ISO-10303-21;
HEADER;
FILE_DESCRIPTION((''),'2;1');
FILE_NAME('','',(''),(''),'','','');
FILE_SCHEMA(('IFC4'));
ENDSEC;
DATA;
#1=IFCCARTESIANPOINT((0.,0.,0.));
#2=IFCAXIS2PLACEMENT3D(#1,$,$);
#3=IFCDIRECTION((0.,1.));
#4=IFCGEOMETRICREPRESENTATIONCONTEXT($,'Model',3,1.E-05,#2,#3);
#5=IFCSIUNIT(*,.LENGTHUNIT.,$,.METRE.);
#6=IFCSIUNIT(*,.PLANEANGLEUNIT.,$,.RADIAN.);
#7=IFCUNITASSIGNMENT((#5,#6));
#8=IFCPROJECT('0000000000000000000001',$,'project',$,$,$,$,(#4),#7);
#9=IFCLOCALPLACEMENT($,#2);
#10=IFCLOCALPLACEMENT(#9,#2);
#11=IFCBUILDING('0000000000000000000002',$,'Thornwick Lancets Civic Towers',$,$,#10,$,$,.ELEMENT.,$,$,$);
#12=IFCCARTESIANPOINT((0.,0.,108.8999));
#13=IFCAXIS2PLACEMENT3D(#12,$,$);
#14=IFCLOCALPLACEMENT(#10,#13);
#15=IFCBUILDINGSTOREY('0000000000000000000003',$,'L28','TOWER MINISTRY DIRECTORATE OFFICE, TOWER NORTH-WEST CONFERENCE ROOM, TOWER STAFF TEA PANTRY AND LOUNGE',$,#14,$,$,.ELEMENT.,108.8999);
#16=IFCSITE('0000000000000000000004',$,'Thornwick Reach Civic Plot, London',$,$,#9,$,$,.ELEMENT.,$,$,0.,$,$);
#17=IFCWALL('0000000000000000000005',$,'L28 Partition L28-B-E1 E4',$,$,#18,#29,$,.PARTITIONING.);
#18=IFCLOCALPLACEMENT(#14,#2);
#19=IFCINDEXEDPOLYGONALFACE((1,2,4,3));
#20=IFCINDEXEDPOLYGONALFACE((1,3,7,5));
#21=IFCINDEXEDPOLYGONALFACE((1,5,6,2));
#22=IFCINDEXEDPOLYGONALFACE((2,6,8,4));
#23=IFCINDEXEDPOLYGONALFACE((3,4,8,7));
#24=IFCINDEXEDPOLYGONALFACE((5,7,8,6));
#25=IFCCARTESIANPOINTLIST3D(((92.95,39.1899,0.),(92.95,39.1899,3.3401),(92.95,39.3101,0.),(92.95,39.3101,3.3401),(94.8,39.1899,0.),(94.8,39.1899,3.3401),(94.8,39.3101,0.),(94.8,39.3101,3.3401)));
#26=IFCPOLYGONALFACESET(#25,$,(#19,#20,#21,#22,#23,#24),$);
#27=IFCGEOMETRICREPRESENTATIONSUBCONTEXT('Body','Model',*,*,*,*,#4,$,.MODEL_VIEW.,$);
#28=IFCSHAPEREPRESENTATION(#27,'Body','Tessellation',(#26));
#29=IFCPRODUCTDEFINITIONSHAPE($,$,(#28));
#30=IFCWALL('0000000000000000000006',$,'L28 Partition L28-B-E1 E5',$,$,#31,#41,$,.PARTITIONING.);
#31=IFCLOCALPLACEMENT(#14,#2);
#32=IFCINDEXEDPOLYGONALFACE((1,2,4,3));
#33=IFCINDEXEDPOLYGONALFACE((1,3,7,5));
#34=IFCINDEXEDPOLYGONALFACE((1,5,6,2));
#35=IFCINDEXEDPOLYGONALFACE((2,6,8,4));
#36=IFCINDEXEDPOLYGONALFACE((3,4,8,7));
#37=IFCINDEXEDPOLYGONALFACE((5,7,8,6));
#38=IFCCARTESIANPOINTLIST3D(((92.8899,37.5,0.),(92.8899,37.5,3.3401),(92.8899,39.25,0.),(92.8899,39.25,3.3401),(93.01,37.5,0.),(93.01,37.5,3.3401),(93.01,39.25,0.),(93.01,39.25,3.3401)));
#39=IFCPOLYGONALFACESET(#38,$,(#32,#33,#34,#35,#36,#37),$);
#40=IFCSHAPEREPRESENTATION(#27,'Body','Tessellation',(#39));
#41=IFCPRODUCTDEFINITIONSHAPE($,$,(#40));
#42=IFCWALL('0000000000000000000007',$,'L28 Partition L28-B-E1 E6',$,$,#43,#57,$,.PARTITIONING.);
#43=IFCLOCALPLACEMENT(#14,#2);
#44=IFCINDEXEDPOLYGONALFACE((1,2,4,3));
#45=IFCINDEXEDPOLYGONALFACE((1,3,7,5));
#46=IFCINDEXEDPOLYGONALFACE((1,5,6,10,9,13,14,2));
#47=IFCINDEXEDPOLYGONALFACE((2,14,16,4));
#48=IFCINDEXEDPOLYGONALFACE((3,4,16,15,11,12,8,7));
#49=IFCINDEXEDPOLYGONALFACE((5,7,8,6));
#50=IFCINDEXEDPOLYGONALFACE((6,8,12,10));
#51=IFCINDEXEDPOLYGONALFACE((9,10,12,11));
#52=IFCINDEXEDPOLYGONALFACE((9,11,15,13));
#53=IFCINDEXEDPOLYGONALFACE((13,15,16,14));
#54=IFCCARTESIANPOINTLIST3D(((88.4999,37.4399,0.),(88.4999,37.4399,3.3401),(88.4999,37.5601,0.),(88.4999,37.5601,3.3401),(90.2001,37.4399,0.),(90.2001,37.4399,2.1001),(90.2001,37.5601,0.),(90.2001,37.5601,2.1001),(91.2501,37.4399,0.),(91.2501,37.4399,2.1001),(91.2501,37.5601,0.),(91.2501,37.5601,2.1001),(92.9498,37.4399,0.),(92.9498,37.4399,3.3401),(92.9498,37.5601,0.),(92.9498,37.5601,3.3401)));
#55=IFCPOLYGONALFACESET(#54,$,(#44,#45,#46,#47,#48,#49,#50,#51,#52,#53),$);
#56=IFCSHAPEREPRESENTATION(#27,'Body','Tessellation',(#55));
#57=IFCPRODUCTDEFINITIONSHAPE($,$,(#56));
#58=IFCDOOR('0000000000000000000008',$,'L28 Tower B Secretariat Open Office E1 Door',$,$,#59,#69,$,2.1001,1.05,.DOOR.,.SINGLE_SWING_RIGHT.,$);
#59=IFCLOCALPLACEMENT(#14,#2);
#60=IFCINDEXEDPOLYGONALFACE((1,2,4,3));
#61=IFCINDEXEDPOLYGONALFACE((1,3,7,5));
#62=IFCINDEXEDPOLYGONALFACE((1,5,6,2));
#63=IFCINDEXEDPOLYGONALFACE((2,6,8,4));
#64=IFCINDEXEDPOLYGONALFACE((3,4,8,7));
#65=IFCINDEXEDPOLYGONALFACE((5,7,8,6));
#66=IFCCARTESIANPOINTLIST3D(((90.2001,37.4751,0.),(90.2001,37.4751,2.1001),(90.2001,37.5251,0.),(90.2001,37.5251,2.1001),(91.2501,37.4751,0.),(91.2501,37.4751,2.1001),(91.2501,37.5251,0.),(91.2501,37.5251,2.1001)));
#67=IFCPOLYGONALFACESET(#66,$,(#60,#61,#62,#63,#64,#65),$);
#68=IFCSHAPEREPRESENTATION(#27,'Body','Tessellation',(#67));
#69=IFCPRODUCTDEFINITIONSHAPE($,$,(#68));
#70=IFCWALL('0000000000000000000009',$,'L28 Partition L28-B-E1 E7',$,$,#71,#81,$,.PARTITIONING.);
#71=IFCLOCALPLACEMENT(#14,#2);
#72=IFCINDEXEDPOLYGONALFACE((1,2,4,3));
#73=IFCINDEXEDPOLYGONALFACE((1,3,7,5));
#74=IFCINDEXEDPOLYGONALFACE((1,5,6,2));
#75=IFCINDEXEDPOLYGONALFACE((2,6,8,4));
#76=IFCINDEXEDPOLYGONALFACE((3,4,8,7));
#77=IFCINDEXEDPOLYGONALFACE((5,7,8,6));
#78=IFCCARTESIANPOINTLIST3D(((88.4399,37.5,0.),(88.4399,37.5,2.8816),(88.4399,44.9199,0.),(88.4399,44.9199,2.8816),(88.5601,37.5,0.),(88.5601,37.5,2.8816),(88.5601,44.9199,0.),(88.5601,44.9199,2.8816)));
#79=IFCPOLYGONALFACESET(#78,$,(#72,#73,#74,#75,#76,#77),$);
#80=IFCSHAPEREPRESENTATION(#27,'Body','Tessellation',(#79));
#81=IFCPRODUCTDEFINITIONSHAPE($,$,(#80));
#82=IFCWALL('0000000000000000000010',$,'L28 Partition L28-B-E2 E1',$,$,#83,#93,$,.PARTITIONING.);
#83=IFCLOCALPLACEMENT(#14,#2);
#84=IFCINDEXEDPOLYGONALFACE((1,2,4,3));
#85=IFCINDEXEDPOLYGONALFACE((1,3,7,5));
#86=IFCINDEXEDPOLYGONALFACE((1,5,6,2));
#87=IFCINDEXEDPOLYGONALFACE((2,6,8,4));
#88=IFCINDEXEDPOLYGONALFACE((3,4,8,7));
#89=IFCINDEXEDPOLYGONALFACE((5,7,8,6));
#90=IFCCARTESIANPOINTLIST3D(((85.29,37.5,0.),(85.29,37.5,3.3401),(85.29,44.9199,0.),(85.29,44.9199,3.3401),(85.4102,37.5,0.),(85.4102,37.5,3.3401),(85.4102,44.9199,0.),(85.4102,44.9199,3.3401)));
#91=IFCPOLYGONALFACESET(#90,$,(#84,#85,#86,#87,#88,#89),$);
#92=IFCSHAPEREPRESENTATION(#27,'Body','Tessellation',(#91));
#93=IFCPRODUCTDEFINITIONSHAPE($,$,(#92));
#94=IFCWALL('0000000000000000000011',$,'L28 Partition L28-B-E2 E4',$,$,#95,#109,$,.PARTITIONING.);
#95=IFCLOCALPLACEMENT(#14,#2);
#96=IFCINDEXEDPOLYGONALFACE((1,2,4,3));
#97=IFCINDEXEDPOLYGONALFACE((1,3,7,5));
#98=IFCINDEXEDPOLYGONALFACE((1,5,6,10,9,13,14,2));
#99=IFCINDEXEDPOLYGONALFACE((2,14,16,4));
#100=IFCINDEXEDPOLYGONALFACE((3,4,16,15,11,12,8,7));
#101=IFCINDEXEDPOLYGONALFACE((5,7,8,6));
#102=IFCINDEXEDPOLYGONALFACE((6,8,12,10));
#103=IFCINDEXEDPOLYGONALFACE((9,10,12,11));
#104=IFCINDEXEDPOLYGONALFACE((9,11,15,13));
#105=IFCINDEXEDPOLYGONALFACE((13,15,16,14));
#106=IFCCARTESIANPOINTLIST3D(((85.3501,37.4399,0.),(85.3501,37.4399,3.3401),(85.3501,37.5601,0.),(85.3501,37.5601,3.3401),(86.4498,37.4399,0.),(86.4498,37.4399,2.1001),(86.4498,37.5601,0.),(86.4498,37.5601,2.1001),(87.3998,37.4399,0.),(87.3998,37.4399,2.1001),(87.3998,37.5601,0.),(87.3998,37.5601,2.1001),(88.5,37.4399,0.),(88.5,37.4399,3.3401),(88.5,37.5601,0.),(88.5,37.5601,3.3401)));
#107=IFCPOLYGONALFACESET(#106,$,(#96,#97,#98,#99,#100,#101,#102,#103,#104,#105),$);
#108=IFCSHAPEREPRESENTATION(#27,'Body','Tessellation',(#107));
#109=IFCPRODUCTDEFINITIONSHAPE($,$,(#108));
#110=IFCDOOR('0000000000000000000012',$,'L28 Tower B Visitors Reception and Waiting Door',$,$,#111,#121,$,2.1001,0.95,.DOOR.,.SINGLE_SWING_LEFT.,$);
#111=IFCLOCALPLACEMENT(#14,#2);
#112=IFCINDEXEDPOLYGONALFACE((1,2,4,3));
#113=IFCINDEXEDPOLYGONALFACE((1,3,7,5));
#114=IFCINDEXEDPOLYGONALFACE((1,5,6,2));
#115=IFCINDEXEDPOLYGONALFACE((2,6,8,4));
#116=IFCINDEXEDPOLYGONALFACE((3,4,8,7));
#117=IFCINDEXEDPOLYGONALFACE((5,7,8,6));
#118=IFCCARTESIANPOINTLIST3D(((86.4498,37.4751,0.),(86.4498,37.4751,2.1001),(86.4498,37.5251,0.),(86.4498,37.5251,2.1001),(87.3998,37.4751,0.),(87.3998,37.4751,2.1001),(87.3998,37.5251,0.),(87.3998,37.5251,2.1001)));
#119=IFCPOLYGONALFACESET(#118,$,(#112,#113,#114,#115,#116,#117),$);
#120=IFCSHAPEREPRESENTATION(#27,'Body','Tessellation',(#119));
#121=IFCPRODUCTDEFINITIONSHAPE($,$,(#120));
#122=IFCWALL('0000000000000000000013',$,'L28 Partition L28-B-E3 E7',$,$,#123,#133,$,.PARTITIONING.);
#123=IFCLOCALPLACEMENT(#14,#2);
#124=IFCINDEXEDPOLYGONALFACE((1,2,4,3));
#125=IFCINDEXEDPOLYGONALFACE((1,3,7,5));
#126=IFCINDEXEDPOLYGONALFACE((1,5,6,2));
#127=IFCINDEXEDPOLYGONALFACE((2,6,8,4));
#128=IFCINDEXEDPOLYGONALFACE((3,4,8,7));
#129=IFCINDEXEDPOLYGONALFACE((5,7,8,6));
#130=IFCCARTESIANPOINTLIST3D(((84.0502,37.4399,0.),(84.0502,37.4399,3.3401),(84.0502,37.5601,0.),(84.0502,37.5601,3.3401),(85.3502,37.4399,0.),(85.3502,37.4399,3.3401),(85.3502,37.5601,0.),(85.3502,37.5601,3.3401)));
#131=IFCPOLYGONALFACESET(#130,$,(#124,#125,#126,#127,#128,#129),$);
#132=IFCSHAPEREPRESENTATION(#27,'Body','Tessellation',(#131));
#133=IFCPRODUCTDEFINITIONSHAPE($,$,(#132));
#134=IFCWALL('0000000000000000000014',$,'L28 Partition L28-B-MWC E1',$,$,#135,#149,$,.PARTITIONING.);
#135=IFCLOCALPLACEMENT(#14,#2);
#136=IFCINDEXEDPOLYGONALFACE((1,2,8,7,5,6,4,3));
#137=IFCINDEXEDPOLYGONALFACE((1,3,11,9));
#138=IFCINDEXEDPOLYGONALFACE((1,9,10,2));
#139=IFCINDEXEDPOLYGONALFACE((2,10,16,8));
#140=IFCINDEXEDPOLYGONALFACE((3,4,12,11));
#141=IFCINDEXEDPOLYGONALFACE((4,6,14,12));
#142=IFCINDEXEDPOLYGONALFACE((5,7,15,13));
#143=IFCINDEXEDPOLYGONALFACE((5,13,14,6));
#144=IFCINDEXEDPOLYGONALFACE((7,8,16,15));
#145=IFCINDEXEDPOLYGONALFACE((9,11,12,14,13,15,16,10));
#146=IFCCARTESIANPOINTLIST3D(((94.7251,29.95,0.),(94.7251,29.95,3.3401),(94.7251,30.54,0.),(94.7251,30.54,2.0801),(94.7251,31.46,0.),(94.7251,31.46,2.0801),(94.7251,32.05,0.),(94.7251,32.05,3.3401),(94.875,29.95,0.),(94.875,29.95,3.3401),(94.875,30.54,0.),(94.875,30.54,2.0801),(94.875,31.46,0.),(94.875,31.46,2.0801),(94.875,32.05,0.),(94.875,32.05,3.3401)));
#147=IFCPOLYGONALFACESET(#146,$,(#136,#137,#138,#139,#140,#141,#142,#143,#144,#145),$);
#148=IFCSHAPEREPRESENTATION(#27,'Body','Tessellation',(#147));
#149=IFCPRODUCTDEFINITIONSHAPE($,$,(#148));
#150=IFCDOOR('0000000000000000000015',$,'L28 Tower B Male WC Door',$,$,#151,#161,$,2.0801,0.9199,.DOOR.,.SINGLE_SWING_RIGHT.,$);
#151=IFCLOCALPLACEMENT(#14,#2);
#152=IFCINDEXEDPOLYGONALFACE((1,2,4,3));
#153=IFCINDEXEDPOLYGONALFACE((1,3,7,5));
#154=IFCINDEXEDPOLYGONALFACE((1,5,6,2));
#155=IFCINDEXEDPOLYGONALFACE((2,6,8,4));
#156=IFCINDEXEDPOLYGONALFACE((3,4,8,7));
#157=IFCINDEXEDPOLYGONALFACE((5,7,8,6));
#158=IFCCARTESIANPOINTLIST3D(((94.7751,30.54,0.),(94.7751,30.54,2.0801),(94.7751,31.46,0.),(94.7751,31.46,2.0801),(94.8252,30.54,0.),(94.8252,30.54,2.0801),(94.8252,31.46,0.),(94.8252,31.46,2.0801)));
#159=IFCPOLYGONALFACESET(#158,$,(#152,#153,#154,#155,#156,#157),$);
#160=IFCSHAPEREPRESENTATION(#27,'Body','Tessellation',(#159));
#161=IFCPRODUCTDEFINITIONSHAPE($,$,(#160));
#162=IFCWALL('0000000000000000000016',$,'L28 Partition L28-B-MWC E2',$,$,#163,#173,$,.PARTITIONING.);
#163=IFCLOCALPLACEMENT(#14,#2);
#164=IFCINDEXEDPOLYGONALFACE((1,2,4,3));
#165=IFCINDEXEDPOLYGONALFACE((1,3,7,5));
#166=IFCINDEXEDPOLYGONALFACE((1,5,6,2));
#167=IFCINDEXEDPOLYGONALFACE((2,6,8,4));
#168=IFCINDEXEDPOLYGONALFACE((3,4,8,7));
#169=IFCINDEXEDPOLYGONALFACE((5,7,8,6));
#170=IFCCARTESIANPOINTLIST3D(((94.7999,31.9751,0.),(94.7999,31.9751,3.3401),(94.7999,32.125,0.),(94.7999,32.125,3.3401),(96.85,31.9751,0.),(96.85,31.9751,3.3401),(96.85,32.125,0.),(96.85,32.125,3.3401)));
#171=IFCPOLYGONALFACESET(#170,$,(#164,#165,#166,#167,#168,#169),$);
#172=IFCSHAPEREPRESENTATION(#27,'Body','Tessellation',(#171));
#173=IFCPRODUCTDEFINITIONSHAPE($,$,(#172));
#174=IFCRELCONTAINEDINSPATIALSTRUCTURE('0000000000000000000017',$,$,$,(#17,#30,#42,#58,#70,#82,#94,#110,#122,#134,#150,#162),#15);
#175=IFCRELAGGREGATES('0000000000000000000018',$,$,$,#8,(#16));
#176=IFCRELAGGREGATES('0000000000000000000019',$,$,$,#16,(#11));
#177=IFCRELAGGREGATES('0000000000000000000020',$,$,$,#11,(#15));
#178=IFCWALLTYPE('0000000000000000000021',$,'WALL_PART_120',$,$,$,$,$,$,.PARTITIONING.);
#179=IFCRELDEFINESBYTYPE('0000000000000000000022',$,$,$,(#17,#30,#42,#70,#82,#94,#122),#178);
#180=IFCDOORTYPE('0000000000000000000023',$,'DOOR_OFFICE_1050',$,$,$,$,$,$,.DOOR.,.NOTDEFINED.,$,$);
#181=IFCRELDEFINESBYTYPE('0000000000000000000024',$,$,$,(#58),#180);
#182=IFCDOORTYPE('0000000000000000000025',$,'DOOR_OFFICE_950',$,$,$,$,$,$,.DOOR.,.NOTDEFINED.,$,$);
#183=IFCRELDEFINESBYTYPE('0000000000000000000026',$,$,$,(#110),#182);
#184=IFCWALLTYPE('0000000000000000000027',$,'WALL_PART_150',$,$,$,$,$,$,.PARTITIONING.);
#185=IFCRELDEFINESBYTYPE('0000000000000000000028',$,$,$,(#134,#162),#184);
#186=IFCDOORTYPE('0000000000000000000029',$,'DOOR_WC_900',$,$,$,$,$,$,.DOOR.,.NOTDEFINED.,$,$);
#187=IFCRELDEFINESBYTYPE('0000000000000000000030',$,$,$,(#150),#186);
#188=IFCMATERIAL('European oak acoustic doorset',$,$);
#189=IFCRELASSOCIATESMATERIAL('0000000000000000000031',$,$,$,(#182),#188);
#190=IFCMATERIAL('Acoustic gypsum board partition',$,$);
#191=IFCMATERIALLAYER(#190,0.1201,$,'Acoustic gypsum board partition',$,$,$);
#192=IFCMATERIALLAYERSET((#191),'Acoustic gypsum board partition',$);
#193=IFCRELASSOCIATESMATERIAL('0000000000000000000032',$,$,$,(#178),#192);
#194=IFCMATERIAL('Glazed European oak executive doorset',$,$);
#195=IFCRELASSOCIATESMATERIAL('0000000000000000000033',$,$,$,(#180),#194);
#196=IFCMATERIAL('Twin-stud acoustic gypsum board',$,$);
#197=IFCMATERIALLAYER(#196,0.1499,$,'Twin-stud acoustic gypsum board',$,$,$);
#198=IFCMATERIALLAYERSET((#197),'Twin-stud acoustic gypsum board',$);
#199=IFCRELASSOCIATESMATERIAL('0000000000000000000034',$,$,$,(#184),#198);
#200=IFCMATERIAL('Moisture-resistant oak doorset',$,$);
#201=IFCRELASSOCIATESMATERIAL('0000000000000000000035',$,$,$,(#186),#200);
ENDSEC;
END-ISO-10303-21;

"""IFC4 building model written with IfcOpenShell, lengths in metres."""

from ifc_helpers import new_model, si_unit, direction, frame, frame_2d, origin, place, context, subcontext, project, spatial, rectangle, extrude, material, layer, layer_set, type_object, element, fill, save


model = new_model("IFC4")

# Units and contexts
model_context = context("Model", 3, precision=1e-05, world=origin(), true_north=direction((0.0, 1.0)))
body_context = subcontext(model_context, "Body", "Model", "MODEL_VIEW")
ifc_project = project(units=[si_unit("LENGTHUNIT", "METRE"), si_unit("PLANEANGLEUNIT", "RADIAN")], contexts=[model_context])

# Site, building, storey
site_placement = place(None, origin())
site = spatial("IfcSite", under=ifc_project, at=site_placement, Name="Thornwick Reach Civic Plot, London", CompositionType="ELEMENT", RefElevation=0.0)
building_placement = place(site_placement, origin())
building = spatial("IfcBuilding", under=site, at=building_placement, Name="Thornwick Lancets Civic Towers", CompositionType="ELEMENT")
storey_placement = place(building_placement, frame((0.0, 0.0, 108.8999)))
storey = spatial("IfcBuildingStorey", under=building, at=storey_placement, Name="L28", Description="TOWER MINISTRY DIRECTORATE OFFICE, TOWER NORTH-WEST CONFERENCE ROOM, TOWER STAFF TEA PANTRY AND LOUNGE", CompositionType="ELEMENT", Elevation=108.8999)

# Shared definitions
ifc_material_1 = material(Name="European oak acoustic doorset")
door_type_1 = type_object("IfcDoorType", Name="DOOR_OFFICE_950", OperationType="NOTDEFINED", PredefinedType="DOOR", material=ifc_material_1)

# Walls
ifc_material_2 = material(Name="Acoustic gypsum board partition")
ifc_layer_1 = layer(ifc_material_2, 0.1201, Name="Acoustic gypsum board partition")
ifc_layer_set_1 = layer_set([ifc_layer_1], Name="Acoustic gypsum board partition")
wall_type_1 = type_object("IfcWallType", Name="WALL_PART_120", PredefinedType="PARTITIONING", material=ifc_layer_set_1)
wall_1_placement = place(storey_placement, frame((94.8, 39.25, 0.0), z_axis=(0.0, 0.0, 1.0), x_axis=(-1.0, 0.0, 0.0)))
element("IfcWall", 1, at=wall_1_placement, inside=storey, type_object=wall_type_1, Name="L28 Partition L28-B-E1 E4", PredefinedType="PARTITIONING", context=body_context, shape_type="SweptSolid", body=[
    extrude(rectangle(XDim=1.8501, YDim=0.1201, at=frame_2d((0.925, 0.0))), origin(), (0.0, 0.0, 1.0), 3.3401),
])
wall_2_placement = place(storey_placement, frame((92.95, 39.25, 0.0), z_axis=(0.0, 0.0, 1.0), x_axis=(0.0, -1.0, 0.0)))
element("IfcWall", 2, at=wall_2_placement, inside=storey, type_object=wall_type_1, Name="L28 Partition L28-B-E1 E5", PredefinedType="PARTITIONING", context=body_context, shape_type="SweptSolid", body=[
    extrude(rectangle(XDim=1.75, YDim=0.1201, at=frame_2d((0.875, 0.0))), origin(), (0.0, 0.0, 1.0), 3.3401),
])

# Wall, opening, door
wall_3_placement = place(storey_placement, frame((92.95, 37.5, 0.0), z_axis=(0.0, 0.0, 1.0), x_axis=(-1.0, 0.0, 0.0)))
wall_3 = element("IfcWall", 3, at=wall_3_placement, inside=storey, type_object=wall_type_1, Name="L28 Partition L28-B-E1 E6", PredefinedType="PARTITIONING", context=body_context, shape_type="SweptSolid", body=[
    extrude(rectangle(XDim=4.45, YDim=0.1201, at=frame_2d((2.2251, 0.0))), origin(), (0.0, 0.0, 1.0), 3.3401),
])
opening_1_placement = place(wall_3_placement, frame((1.7, 0.0, 0.0)))
opening_1 = element("IfcOpeningElement", 4, at=opening_1_placement, cuts=wall_3, PredefinedType="OPENING", context=body_context, shape_type="SweptSolid", body=[
    extrude(rectangle(XDim=1.05, YDim=2.1001, at=frame_2d((0.5249, 1.05))), frame((0.0, 0.0701, 0.0), z_axis=(0.0, -1.0, 0.0), x_axis=(1.0, 0.0, 0.0)), (0.0, 0.0, 1.0), 0.1401),
])
ifc_material_3 = material(Name="Glazed European oak executive doorset")
door_type_2 = type_object("IfcDoorType", Name="DOOR_OFFICE_1050", OperationType="NOTDEFINED", PredefinedType="DOOR", material=ifc_material_3)
door_1_placement = place(opening_1_placement, origin())
door_1 = element("IfcDoor", 5, at=door_1_placement, inside=storey, type_object=door_type_2, Name="L28 Tower B Secretariat Open Office E1 Door", OperationType="SINGLE_SWING_RIGHT", OverallHeight=2.1001, OverallWidth=1.05, PredefinedType="DOOR", context=body_context, shape_type="SweptSolid", body=[
    extrude(rectangle(XDim=1.05, YDim=2.1001, at=frame_2d((0.5249, 1.05))), frame((0.0, 0.0249, 0.0), z_axis=(0.0, -1.0, 0.0), x_axis=(1.0, 0.0, 0.0)), (0.0, 0.0, 1.0), 0.05),
])
fill(opening_1, door_1)

# Walls
wall_4_placement = place(storey_placement, frame((88.5, 37.5, 0.0), z_axis=(0.0, 0.0, 1.0), x_axis=(0.0, 1.0, 0.0)))
element("IfcWall", 6, at=wall_4_placement, inside=storey, type_object=wall_type_1, Name="L28 Partition L28-B-E1 E7", PredefinedType="PARTITIONING", context=body_context, shape_type="SweptSolid", body=[
    extrude(rectangle(XDim=7.4199, YDim=0.1201, at=frame_2d((3.71, 0.0))), origin(), (0.0, 0.0, 1.0), 2.8816),
])
wall_5_placement = place(storey_placement, frame((85.3501, 37.5, 0.0), z_axis=(0.0, 0.0, 1.0), x_axis=(0.0, 1.0, 0.0)))
element("IfcWall", 7, at=wall_5_placement, inside=storey, type_object=wall_type_1, Name="L28 Partition L28-B-E2 E1", PredefinedType="PARTITIONING", context=body_context, shape_type="SweptSolid", body=[
    extrude(rectangle(XDim=7.4199, YDim=0.1201, at=frame_2d((3.71, 0.0))), origin(), (0.0, 0.0, 1.0), 3.3401),
])

# Wall, opening, door
wall_6_placement = place(storey_placement, frame((88.5, 37.5, 0.0), z_axis=(0.0, 0.0, 1.0), x_axis=(-1.0, 0.0, 0.0)))
wall_6 = element("IfcWall", 8, at=wall_6_placement, inside=storey, type_object=wall_type_1, Name="L28 Partition L28-B-E2 E4", PredefinedType="PARTITIONING", context=body_context, shape_type="SweptSolid", body=[
    extrude(rectangle(XDim=3.1499, YDim=0.1201, at=frame_2d((1.575, 0.0))), origin(), (0.0, 0.0, 1.0), 3.3401),
])
opening_2_placement = place(wall_6_placement, frame((1.1001, 0.0, 0.0)))
opening_2 = element("IfcOpeningElement", 9, at=opening_2_placement, cuts=wall_6, PredefinedType="OPENING", context=body_context, shape_type="SweptSolid", body=[
    extrude(rectangle(XDim=0.95, YDim=2.1001, at=frame_2d((0.4751, 1.05))), frame((0.0, 0.0701, 0.0), z_axis=(0.0, -1.0, 0.0), x_axis=(1.0, 0.0, 0.0)), (0.0, 0.0, 1.0), 0.1401),
])
door_2_placement = place(opening_2_placement, origin())
door_2 = element("IfcDoor", 10, at=door_2_placement, inside=storey, type_object=door_type_1, Name="L28 Tower B Visitors Reception and Waiting Door", OperationType="SINGLE_SWING_LEFT", OverallHeight=2.1001, OverallWidth=0.95, PredefinedType="DOOR", context=body_context, shape_type="SweptSolid", body=[
    extrude(rectangle(XDim=0.95, YDim=2.1001, at=frame_2d((0.4751, 1.05))), frame((0.0, 0.0249, 0.0), z_axis=(0.0, -1.0, 0.0), x_axis=(1.0, 0.0, 0.0)), (0.0, 0.0, 1.0), 0.05),
])
fill(opening_2, door_2)

# Wall
wall_7_placement = place(storey_placement, frame((85.3501, 37.5, 0.0), z_axis=(0.0, 0.0, 1.0), x_axis=(-1.0, 0.0, 0.0)))
element("IfcWall", 11, at=wall_7_placement, inside=storey, type_object=wall_type_1, Name="L28 Partition L28-B-E3 E7", PredefinedType="PARTITIONING", context=body_context, shape_type="SweptSolid", body=[
    extrude(rectangle(XDim=1.3, YDim=0.1201, at=frame_2d((0.6499, 0.0))), origin(), (0.0, 0.0, 1.0), 3.3401),
])

# Wall, opening, door
ifc_material_4 = material(Name="Twin-stud acoustic gypsum board")
ifc_layer_2 = layer(ifc_material_4, 0.1499, Name="Twin-stud acoustic gypsum board")
ifc_layer_set_2 = layer_set([ifc_layer_2], Name="Twin-stud acoustic gypsum board")
wall_type_2 = type_object("IfcWallType", Name="WALL_PART_150", PredefinedType="PARTITIONING", material=ifc_layer_set_2)
wall_8_placement = place(storey_placement, frame((94.8, 29.95, 0.0), z_axis=(0.0, 0.0, 1.0), x_axis=(0.0, 1.0, 0.0)))
wall_8 = element("IfcWall", 12, at=wall_8_placement, inside=storey, type_object=wall_type_2, Name="L28 Partition L28-B-MWC E1", PredefinedType="PARTITIONING", context=body_context, shape_type="SweptSolid", body=[
    extrude(rectangle(XDim=2.1001, YDim=0.1499, at=frame_2d((1.05, 0.0))), origin(), (0.0, 0.0, 1.0), 3.3401),
])
opening_3_placement = place(wall_8_placement, frame((0.5901, 0.0, 0.0)))
opening_3 = element("IfcOpeningElement", 13, at=opening_3_placement, cuts=wall_8, PredefinedType="OPENING", context=body_context, shape_type="SweptSolid", body=[
    extrude(rectangle(XDim=0.9199, YDim=2.0801, at=frame_2d((0.46, 1.04))), frame((0.0, 0.085, 0.0), z_axis=(0.0, -1.0, 0.0), x_axis=(1.0, 0.0, 0.0)), (0.0, 0.0, 1.0), 0.1699),
])
ifc_material_5 = material(Name="Moisture-resistant oak doorset")
door_type_3 = type_object("IfcDoorType", Name="DOOR_WC_900", OperationType="NOTDEFINED", PredefinedType="DOOR", material=ifc_material_5)
door_3_placement = place(opening_3_placement, origin())
door_3 = element("IfcDoor", 14, at=door_3_placement, inside=storey, type_object=door_type_3, Name="L28 Tower B Male WC Door", OperationType="SINGLE_SWING_RIGHT", OverallHeight=2.0801, OverallWidth=0.9199, PredefinedType="DOOR", context=body_context, shape_type="SweptSolid", body=[
    extrude(rectangle(XDim=0.9199, YDim=2.0801, at=frame_2d((0.46, 1.04))), frame((0.0, 0.0249, 0.0), z_axis=(0.0, -1.0, 0.0), x_axis=(1.0, 0.0, 0.0)), (0.0, 0.0, 1.0), 0.05),
])
fill(opening_3, door_3)

# Wall
wall_9_placement = place(storey_placement, frame((94.8, 32.05, 0.0), z_axis=(0.0, 0.0, 1.0), x_axis=(1.0, 0.0, 0.0)))
element("IfcWall", 15, at=wall_9_placement, inside=storey, type_object=wall_type_2, Name="L28 Partition L28-B-MWC E2", PredefinedType="PARTITIONING", context=body_context, shape_type="SweptSolid", body=[
    extrude(rectangle(XDim=2.05, YDim=0.1499, at=frame_2d((1.0249, 0.0))), origin(), (0.0, 0.0, 1.0), 3.3401),
])

save(model, "model.ifc")
